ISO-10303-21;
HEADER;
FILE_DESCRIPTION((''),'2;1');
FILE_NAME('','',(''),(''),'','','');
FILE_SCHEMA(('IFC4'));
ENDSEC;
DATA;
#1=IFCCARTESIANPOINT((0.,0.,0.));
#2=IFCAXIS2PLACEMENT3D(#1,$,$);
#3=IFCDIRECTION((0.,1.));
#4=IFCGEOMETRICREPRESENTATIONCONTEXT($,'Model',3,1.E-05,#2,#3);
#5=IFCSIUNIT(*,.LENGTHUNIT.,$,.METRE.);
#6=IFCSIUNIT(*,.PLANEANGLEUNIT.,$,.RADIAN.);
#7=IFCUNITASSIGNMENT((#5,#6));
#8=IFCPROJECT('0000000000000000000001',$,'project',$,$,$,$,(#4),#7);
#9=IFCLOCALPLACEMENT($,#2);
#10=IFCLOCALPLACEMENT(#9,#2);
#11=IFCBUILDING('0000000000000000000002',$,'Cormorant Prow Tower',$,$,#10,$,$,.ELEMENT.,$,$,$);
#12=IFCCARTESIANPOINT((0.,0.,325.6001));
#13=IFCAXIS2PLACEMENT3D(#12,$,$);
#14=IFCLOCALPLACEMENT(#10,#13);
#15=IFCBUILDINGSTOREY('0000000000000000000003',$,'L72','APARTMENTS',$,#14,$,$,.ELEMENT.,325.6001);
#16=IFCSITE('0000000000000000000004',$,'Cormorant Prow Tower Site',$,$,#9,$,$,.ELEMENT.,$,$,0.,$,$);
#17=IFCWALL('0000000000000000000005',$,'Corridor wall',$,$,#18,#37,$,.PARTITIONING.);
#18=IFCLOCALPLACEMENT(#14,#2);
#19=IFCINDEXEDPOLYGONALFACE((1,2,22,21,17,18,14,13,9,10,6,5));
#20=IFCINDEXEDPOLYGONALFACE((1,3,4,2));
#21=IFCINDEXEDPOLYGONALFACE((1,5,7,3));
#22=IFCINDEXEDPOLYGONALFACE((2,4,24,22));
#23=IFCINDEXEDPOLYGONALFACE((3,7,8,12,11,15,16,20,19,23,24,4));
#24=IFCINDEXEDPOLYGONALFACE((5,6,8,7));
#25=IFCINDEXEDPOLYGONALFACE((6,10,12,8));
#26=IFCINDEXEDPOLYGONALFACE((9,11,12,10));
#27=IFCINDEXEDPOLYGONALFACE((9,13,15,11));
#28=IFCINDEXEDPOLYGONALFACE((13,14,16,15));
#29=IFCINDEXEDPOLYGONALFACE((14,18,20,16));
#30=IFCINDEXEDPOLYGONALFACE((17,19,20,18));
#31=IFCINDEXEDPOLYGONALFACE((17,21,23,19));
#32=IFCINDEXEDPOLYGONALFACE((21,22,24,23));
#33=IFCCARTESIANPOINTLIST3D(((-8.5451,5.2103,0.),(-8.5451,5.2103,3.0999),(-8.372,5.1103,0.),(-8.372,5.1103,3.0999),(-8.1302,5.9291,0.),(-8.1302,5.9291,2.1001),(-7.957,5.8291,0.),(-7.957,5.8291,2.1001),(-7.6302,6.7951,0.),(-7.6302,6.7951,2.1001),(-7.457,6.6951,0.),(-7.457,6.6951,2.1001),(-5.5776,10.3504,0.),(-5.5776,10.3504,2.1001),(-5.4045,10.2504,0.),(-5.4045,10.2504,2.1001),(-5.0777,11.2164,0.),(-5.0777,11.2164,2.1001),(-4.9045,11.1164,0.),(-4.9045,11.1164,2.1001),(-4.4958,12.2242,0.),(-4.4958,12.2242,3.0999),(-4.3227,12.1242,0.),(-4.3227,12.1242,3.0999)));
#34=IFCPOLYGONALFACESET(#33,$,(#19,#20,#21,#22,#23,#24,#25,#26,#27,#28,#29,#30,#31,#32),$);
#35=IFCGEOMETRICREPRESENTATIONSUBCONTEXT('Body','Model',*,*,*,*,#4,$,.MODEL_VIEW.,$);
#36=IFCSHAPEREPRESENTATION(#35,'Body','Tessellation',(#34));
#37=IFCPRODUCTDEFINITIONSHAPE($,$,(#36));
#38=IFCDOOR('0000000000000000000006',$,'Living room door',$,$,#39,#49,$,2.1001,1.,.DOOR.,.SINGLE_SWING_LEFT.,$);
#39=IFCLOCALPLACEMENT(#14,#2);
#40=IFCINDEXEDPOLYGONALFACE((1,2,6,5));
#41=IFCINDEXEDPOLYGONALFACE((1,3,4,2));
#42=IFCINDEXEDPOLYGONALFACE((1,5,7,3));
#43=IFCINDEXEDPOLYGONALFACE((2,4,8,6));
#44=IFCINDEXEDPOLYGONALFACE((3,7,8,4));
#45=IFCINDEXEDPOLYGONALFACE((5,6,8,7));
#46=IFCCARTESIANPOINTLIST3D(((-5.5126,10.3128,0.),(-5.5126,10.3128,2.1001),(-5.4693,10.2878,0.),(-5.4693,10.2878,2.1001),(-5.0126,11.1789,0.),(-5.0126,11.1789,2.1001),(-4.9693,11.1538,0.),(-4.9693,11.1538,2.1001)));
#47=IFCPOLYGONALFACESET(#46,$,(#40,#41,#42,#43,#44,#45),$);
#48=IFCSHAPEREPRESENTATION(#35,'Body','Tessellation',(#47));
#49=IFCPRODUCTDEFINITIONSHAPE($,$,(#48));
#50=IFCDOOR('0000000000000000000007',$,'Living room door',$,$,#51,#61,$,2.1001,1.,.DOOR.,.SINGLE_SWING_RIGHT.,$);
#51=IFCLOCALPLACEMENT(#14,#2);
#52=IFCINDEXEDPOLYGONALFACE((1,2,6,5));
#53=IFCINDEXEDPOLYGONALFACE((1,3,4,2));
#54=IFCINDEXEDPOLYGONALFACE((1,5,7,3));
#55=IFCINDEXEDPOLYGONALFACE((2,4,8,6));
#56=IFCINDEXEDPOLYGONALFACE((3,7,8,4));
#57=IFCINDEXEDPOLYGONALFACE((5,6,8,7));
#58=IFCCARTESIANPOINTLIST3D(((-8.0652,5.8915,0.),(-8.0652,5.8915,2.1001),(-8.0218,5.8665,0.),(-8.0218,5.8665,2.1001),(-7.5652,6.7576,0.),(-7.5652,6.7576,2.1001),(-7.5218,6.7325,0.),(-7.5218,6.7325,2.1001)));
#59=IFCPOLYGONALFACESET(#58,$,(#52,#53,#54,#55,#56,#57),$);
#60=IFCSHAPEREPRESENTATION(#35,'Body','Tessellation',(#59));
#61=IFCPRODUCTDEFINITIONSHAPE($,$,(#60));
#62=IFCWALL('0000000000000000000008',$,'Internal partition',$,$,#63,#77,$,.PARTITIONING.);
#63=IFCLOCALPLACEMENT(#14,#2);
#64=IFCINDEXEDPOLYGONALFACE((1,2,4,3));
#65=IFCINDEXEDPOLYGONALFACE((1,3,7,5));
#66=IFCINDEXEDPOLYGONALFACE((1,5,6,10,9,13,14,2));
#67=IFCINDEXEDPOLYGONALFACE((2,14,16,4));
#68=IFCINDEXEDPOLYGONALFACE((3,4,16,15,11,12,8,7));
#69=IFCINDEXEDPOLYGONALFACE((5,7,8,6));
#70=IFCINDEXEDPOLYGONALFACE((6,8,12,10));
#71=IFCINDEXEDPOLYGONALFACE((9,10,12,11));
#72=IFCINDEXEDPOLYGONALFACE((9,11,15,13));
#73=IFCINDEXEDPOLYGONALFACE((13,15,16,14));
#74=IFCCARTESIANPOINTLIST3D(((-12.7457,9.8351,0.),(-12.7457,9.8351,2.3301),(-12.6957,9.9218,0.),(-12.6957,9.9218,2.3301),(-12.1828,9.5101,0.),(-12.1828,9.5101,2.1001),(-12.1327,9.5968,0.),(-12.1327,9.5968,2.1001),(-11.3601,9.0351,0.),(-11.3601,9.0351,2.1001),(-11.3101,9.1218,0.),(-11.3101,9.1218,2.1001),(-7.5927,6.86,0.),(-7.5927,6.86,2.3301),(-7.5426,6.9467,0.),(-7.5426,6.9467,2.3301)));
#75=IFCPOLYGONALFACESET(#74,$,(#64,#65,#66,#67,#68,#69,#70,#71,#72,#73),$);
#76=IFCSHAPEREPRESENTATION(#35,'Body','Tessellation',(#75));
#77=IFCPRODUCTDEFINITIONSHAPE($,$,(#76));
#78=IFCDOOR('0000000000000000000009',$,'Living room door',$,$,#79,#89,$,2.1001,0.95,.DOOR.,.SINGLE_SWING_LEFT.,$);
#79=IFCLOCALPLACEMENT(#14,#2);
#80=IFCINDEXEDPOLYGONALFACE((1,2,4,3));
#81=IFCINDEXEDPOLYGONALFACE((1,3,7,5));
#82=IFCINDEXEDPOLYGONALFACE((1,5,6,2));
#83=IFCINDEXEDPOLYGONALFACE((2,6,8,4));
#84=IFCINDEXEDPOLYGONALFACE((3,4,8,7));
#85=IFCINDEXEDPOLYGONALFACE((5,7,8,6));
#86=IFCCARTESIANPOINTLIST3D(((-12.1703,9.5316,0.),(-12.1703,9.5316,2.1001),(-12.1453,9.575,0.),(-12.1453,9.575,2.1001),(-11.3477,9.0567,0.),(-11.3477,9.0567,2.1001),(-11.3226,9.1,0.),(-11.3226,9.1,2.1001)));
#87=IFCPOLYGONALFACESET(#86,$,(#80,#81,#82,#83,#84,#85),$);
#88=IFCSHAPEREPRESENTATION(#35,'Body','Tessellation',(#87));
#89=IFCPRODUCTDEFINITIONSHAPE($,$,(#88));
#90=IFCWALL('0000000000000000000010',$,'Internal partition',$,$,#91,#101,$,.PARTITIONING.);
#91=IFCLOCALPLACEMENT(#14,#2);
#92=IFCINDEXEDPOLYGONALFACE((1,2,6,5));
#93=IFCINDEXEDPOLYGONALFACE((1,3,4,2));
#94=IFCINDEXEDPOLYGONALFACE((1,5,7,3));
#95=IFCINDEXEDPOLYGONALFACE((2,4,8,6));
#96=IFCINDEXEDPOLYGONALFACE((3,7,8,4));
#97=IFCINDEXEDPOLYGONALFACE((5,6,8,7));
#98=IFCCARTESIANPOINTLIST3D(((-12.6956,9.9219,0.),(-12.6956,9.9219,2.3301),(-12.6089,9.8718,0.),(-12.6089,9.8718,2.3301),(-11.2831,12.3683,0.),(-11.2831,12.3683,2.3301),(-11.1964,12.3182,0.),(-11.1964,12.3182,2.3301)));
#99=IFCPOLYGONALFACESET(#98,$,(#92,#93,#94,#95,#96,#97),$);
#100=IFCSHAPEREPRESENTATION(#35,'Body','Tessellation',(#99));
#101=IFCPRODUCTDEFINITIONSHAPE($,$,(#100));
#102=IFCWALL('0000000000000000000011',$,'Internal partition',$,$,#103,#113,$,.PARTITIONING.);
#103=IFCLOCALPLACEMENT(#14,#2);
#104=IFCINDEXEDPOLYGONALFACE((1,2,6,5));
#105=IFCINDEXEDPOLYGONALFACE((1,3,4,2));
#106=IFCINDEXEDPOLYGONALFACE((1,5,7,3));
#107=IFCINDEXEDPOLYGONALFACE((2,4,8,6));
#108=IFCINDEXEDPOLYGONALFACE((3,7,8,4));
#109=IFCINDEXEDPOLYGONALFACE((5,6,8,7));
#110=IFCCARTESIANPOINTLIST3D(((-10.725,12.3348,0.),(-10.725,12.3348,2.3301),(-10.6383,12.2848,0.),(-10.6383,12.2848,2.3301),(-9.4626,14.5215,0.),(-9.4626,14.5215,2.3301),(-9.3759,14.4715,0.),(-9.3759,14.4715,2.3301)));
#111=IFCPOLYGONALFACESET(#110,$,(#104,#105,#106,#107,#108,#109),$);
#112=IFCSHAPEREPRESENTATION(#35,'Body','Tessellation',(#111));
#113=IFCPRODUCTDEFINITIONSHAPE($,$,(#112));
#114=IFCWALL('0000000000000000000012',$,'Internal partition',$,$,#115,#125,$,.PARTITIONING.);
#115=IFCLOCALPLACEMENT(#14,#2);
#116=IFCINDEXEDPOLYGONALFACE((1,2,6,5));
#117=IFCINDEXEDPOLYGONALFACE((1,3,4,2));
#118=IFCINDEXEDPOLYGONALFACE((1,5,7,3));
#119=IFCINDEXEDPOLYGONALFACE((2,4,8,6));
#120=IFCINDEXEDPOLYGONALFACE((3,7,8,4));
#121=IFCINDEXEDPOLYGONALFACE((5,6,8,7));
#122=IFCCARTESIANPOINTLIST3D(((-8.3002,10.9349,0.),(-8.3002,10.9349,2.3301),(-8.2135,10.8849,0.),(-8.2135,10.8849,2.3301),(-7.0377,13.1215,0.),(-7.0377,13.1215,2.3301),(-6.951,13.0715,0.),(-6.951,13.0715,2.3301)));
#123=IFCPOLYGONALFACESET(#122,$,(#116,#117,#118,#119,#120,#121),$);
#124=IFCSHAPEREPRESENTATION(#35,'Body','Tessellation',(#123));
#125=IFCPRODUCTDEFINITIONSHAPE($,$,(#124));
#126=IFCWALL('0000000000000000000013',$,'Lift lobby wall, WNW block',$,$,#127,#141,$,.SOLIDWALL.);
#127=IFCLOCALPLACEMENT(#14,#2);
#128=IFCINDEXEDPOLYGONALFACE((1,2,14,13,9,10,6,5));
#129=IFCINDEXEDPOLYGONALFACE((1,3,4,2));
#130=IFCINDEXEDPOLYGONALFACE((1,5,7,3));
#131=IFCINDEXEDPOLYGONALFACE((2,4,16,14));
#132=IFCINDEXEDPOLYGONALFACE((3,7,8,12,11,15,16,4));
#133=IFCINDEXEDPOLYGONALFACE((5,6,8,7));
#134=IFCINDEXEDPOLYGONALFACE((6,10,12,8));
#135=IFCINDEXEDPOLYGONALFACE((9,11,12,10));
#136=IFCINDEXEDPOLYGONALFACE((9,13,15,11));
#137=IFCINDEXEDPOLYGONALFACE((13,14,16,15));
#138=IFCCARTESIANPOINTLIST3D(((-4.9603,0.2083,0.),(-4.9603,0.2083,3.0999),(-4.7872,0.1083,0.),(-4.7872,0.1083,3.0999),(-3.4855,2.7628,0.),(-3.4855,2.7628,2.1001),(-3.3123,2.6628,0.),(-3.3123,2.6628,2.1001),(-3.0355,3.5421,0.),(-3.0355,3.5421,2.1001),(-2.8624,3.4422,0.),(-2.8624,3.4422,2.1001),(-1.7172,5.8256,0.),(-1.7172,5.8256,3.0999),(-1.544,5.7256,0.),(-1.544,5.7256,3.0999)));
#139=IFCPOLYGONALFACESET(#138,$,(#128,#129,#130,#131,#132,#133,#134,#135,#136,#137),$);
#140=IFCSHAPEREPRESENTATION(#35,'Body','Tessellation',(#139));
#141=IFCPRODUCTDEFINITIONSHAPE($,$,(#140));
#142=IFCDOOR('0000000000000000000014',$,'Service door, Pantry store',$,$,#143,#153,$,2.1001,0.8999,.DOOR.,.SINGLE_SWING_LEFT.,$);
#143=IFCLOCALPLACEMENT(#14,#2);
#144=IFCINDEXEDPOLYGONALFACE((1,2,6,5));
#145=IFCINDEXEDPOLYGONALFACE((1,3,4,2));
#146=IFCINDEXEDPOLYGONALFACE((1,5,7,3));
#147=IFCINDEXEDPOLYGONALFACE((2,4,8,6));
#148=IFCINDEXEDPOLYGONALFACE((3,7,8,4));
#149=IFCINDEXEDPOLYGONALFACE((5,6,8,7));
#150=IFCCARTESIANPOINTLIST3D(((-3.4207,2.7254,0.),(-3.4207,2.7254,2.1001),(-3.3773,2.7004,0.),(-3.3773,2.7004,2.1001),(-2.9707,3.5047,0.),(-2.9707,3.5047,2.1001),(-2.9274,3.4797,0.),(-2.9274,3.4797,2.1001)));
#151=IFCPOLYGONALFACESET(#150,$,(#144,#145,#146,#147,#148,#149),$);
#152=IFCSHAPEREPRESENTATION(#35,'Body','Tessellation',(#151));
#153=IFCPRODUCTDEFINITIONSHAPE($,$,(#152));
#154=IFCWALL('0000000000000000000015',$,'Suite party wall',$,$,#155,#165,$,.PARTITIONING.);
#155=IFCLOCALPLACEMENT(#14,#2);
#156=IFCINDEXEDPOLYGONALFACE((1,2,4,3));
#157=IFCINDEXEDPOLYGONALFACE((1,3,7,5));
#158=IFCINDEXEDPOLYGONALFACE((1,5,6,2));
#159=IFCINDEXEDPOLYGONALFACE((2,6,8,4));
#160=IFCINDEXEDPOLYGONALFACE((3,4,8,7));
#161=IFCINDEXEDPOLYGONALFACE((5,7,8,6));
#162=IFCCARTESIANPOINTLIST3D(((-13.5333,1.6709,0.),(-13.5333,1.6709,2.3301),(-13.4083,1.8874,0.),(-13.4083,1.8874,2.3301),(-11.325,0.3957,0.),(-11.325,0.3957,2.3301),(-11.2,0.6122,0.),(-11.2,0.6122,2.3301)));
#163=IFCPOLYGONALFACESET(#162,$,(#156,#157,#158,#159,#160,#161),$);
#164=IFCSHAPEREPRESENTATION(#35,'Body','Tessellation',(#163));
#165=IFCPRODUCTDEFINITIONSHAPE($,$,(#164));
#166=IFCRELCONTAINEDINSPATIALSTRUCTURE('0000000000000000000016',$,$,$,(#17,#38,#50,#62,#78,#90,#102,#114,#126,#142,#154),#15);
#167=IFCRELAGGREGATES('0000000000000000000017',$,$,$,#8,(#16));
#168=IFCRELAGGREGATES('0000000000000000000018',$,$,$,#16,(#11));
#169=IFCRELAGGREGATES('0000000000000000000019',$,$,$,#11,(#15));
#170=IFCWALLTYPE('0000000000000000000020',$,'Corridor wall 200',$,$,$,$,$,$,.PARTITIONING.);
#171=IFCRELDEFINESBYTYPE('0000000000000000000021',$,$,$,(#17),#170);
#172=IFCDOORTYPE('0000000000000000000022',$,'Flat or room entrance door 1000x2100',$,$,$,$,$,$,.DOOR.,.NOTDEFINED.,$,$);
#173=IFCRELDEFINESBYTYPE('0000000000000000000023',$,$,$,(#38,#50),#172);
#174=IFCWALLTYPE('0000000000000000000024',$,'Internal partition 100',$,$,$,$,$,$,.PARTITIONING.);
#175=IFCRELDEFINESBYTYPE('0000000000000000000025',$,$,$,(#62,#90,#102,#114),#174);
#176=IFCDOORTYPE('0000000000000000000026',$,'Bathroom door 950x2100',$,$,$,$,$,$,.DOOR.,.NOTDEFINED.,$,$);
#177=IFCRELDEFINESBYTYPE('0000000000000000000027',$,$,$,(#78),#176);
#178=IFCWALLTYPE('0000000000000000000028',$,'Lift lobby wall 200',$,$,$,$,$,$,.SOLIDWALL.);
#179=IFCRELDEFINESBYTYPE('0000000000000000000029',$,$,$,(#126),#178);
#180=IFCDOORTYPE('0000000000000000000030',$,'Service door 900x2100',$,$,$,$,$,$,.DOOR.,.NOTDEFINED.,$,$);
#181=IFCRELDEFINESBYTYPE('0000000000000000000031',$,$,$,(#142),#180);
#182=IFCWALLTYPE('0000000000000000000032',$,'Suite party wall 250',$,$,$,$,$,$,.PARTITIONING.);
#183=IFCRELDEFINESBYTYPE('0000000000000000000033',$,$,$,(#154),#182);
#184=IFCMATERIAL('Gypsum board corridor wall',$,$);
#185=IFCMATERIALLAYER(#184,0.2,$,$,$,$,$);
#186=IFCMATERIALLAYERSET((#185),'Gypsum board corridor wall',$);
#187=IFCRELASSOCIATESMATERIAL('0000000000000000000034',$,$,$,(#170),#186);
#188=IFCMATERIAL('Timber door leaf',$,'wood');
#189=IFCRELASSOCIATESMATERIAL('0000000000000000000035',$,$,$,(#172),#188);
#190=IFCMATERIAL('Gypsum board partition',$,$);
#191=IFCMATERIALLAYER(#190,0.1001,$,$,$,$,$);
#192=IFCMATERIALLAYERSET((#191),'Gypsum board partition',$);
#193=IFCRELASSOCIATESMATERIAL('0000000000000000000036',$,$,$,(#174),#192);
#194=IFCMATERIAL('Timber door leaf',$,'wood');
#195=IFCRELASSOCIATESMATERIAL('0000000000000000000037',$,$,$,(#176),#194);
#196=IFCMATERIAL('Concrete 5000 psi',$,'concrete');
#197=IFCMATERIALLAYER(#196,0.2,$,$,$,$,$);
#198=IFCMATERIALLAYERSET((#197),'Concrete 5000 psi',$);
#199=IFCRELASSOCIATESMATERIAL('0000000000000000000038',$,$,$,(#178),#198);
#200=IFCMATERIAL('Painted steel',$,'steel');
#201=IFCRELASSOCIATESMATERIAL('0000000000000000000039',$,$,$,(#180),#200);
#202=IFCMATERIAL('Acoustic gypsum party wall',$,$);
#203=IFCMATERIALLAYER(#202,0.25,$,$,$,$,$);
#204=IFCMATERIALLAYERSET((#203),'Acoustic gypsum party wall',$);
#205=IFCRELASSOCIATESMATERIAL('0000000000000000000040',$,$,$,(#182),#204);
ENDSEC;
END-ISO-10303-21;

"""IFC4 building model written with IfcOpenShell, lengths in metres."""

from ifc_helpers import new_model, si_unit, direction, frame, frame_2d, origin, place, context, subcontext, project, spatial, rectangle, extrude, material, layer, layer_set, type_object, element, fill, save


model = new_model("IFC4")

# Units and contexts
model_context = context("Model", 3, precision=1e-05, world=origin(), true_north=direction((0.0, 1.0)))
body_context = subcontext(model_context, "Body", "Model", "MODEL_VIEW")
ifc_project = project(units=[si_unit("LENGTHUNIT", "METRE"), si_unit("PLANEANGLEUNIT", "RADIAN")], contexts=[model_context])

# Site, building, storey
site_placement = place(None, origin())
site = spatial("IfcSite", under=ifc_project, at=site_placement, Name="Cormorant Prow Tower Site", CompositionType="ELEMENT", RefElevation=0.0)
building_placement = place(site_placement, origin())
building = spatial("IfcBuilding", under=site, at=building_placement, Name="Cormorant Prow Tower", CompositionType="ELEMENT")
storey_placement = place(building_placement, frame((0.0, 0.0, 325.6001)))
storey = spatial("IfcBuildingStorey", under=building, at=storey_placement, Name="L72", Description="APARTMENTS", CompositionType="ELEMENT", Elevation=325.6001)

# Wall, openings, doors
ifc_material_1 = material(Name="Gypsum board corridor wall")
ifc_layer_1 = layer(ifc_material_1, 0.2)
ifc_layer_set_1 = layer_set([ifc_layer_1], Name="Gypsum board corridor wall")
wall_type_1 = type_object("IfcWallType", Name="Corridor wall 200", PredefinedType="PARTITIONING", material=ifc_layer_set_1)
wall_1_placement = place(storey_placement, frame((-8.4585, 5.1604, 0.0), z_axis=(0.0, 0.0, 1.0), x_axis=(0.499984, 0.866034, 0.0)))
wall_1 = element("IfcWall", 1, at=wall_1_placement, inside=storey, type_object=wall_type_1, Name="Corridor wall", PredefinedType="PARTITIONING", context=body_context, shape_type="SweptSolid", body=[
    extrude(rectangle(XDim=8.0989, YDim=0.2, at=frame_2d((4.0493, 0.0))), origin(), (0.0, 0.0, 1.0), 3.0999),
])
opening_1_placement = place(wall_1_placement, frame((5.9351, 0.0, 0.0)))
opening_1 = element("IfcOpeningElement", 2, at=opening_1_placement, cuts=wall_1, PredefinedType="OPENING", context=body_context, shape_type="SweptSolid", body=[
    extrude(rectangle(XDim=1.0, YDim=2.1001, at=frame_2d((0.5, 1.05))), frame((0.0, 0.1099, 0.0), z_axis=(0.0, -1.0, 0.0), x_axis=(1.0, 0.0, 0.0)), (0.0, 0.0, 1.0), 0.22),
])
opening_2_placement = place(wall_1_placement, frame((0.8298, 0.0, 0.0)))
opening_2 = element("IfcOpeningElement", 3, at=opening_2_placement, cuts=wall_1, PredefinedType="OPENING", context=body_context, shape_type="SweptSolid", body=[
    extrude(rectangle(XDim=1.0, YDim=2.1001, at=frame_2d((0.5, 1.05))), frame((0.0, 0.1099, 0.0), z_axis=(0.0, -1.0, 0.0), x_axis=(1.0, 0.0, 0.0)), (0.0, 0.0, 1.0), 0.22),
])
ifc_material_2 = material(Name="Timber door leaf", Category="wood")
door_type_1 = type_object("IfcDoorType", Name="Flat or room entrance door 1000x2100", OperationType="NOTDEFINED", PredefinedType="DOOR", material=ifc_material_2)
door_1_placement = place(opening_1_placement, origin())
door_1 = element("IfcDoor", 4, at=door_1_placement, inside=storey, type_object=door_type_1, Name="Living room door", OperationType="SINGLE_SWING_LEFT", OverallHeight=2.1001, OverallWidth=1.0, PredefinedType="DOOR", context=body_context, shape_type="SweptSolid", body=[
    extrude(rectangle(XDim=1.0, YDim=2.1001, at=frame_2d((0.5, 1.05))), frame((0.0, 0.0249, 0.0), z_axis=(0.0, -1.0, 0.0), x_axis=(1.0, 0.0, 0.0)), (0.0, 0.0, 1.0), 0.05),
])
fill(opening_1, door_1)
door_2_placement = place(opening_2_placement, origin())
door_2 = element("IfcDoor", 5, at=door_2_placement, inside=storey, type_object=door_type_1, Name="Living room door", OperationType="SINGLE_SWING_RIGHT", OverallHeight=2.1001, OverallWidth=1.0, PredefinedType="DOOR", context=body_context, shape_type="SweptSolid", body=[
    extrude(rectangle(XDim=1.0, YDim=2.1001, at=frame_2d((0.5, 1.05))), frame((0.0, 0.0249, 0.0), z_axis=(0.0, -1.0, 0.0), x_axis=(1.0, 0.0, 0.0)), (0.0, 0.0, 1.0), 0.05),
])
fill(opening_2, door_2)

# Wall, opening, door
ifc_material_3 = material(Name="Gypsum board partition")
ifc_layer_2 = layer(ifc_material_3, 0.1001)
ifc_layer_set_2 = layer_set([ifc_layer_2], Name="Gypsum board partition")
wall_type_2 = type_object("IfcWallType", Name="Internal partition 100", PredefinedType="PARTITIONING", material=ifc_layer_set_2)
wall_2_placement = place(storey_placement, frame((-12.7207, 9.8784, 0.0), z_axis=(0.0, 0.0, 1.0), x_axis=(0.866028, -0.499996, 0.0)))
wall_2 = element("IfcWall", 6, at=wall_2_placement, inside=storey, type_object=wall_type_2, Name="Internal partition", PredefinedType="PARTITIONING", context=body_context, shape_type="SweptSolid", body=[
    extrude(rectangle(XDim=5.9502, YDim=0.1001, at=frame_2d((2.9751, 0.0))), origin(), (0.0, 0.0, 1.0), 2.3301),
])
opening_3_placement = place(wall_2_placement, frame((0.6499, 0.0, 0.0)))
opening_3 = element("IfcOpeningElement", 7, at=opening_3_placement, cuts=wall_2, PredefinedType="OPENING", context=body_context, shape_type="SweptSolid", body=[
    extrude(rectangle(XDim=0.95, YDim=2.1001, at=frame_2d((0.4751, 1.05))), frame((0.0, 0.0601, 0.0), z_axis=(0.0, -1.0, 0.0), x_axis=(1.0, 0.0, 0.0)), (0.0, 0.0, 1.0), 0.1201),
])
ifc_material_4 = material(Name="Timber door leaf", Category="wood")
door_type_2 = type_object("IfcDoorType", Name="Bathroom door 950x2100", OperationType="NOTDEFINED", PredefinedType="DOOR", material=ifc_material_4)
door_3_placement = place(opening_3_placement, origin())
door_3 = element("IfcDoor", 8, at=door_3_placement, inside=storey, type_object=door_type_2, Name="Living room door", OperationType="SINGLE_SWING_LEFT", OverallHeight=2.1001, OverallWidth=0.95, PredefinedType="DOOR", context=body_context, shape_type="SweptSolid", body=[
    extrude(rectangle(XDim=0.95, YDim=2.1001, at=frame_2d((0.4751, 1.05))), frame((0.0, 0.0249, 0.0), z_axis=(0.0, -1.0, 0.0), x_axis=(1.0, 0.0, 0.0)), (0.0, 0.0, 1.0), 0.05),
])
fill(opening_3, door_3)

# Walls
wall_3_placement = place(storey_placement, frame((-12.6523, 9.8967, 0.0), z_axis=(0.0, 0.0, 1.0), x_axis=(0.500024, 0.866011, 0.0)))
element("IfcWall", 9, at=wall_3_placement, inside=storey, type_object=wall_type_2, Name="Internal partition", PredefinedType="PARTITIONING", context=body_context, shape_type="SweptSolid", body=[
    extrude(rectangle(XDim=2.825, YDim=0.1001, at=frame_2d((1.4126, 0.0))), origin(), (0.0, 0.0, 1.0), 2.3301),
])
for number, where, z_axis, x_axis, name in (
    (10, (-10.6816, 12.3098, 0.0), (0.0, 0.0, 1.0), (0.499976, 0.866039, 0.0), "Internal partition"),
    (11, (-8.2568, 10.9099, 0.0), (0.0, 0.0, 1.0), (0.500018, 0.866015, 0.0), "Internal partition"),
):
    element("IfcWall", number, at=place(storey_placement, frame(where, z_axis=z_axis, x_axis=x_axis)), inside=storey, type_object=wall_type_2, Name=name, PredefinedType="PARTITIONING", context=body_context, shape_type="SweptSolid", body=[
        extrude(rectangle(XDim=2.5249, YDim=0.1001, at=frame_2d((1.2625, 0.0))), origin(), (0.0, 0.0, 1.0), 2.3301),
    ])

# Wall, opening, door
ifc_material_5 = material(Name="Concrete 5000 psi", Category="concrete")
ifc_layer_3 = layer(ifc_material_5, 0.2)
ifc_layer_set_3 = layer_set([ifc_layer_3], Name="Concrete 5000 psi")
wall_type_3 = type_object("IfcWallType", Name="Lift lobby wall 200", PredefinedType="SOLIDWALL", material=ifc_layer_set_3)
wall_4_placement = place(storey_placement, frame((-1.6306, 5.7756, 0.0), z_axis=(0.0, 0.0, 1.0), x_axis=(-0.499993, -0.86603, 0.0)))
wall_4 = element("IfcWall", 12, at=wall_4_placement, inside=storey, type_object=wall_type_3, Name="Lift lobby wall, WNW block", PredefinedType="SOLIDWALL", context=body_context, shape_type="SweptSolid", body=[
    extrude(rectangle(XDim=6.4863, YDim=0.2, at=frame_2d((3.2432, 0.0))), origin(), (0.0, 0.0, 1.0), 3.0999),
])
opening_4_placement = place(wall_4_placement, frame((2.6367, 0.0, 0.0)))
opening_4 = element("IfcOpeningElement", 13, at=opening_4_placement, cuts=wall_4, PredefinedType="OPENING", context=body_context, shape_type="SweptSolid", body=[
    extrude(rectangle(XDim=0.8999, YDim=2.1001, at=frame_2d((0.45, 1.05))), frame((0.0, 0.1099, 0.0), z_axis=(0.0, -1.0, 0.0), x_axis=(1.0, 0.0, 0.0)), (0.0, 0.0, 1.0), 0.22),
])
ifc_material_6 = material(Name="Painted steel", Category="steel")
door_type_3 = type_object("IfcDoorType", Name="Service door 900x2100", OperationType="NOTDEFINED", PredefinedType="DOOR", material=ifc_material_6)
door_4_placement = place(opening_4_placement, origin())
door_4 = element("IfcDoor", 14, at=door_4_placement, inside=storey, type_object=door_type_3, Name="Service door, Pantry store", OperationType="SINGLE_SWING_LEFT", OverallHeight=2.1001, OverallWidth=0.8999, PredefinedType="DOOR", context=body_context, shape_type="SweptSolid", body=[
    extrude(rectangle(XDim=0.8999, YDim=2.1001, at=frame_2d((0.45, 1.05))), frame((0.0, 0.0249, 0.0), z_axis=(0.0, -1.0, 0.0), x_axis=(1.0, 0.0, 0.0)), (0.0, 0.0, 1.0), 0.05),
])
fill(opening_4, door_4)

# Wall
ifc_material_7 = material(Name="Acoustic gypsum party wall")
ifc_layer_4 = layer(ifc_material_7, 0.25)
ifc_layer_set_4 = layer_set([ifc_layer_4], Name="Acoustic gypsum party wall")
wall_type_4 = type_object("IfcWallType", Name="Suite party wall 250", PredefinedType="PARTITIONING", material=ifc_layer_set_4)
wall_5_placement = place(storey_placement, frame((-13.4707, 1.7791, 0.0), z_axis=(0.0, 0.0, 1.0), x_axis=(0.865989, -0.500062, 0.0)))
element("IfcWall", 15, at=wall_5_placement, inside=storey, type_object=wall_type_4, Name="Suite party wall", PredefinedType="PARTITIONING", context=body_context, shape_type="SweptSolid", body=[
    extrude(rectangle(XDim=2.55, YDim=0.25, at=frame_2d((1.2749, 0.0))), origin(), (0.0, 0.0, 1.0), 2.3301),
])

save(model, "model.ifc")
